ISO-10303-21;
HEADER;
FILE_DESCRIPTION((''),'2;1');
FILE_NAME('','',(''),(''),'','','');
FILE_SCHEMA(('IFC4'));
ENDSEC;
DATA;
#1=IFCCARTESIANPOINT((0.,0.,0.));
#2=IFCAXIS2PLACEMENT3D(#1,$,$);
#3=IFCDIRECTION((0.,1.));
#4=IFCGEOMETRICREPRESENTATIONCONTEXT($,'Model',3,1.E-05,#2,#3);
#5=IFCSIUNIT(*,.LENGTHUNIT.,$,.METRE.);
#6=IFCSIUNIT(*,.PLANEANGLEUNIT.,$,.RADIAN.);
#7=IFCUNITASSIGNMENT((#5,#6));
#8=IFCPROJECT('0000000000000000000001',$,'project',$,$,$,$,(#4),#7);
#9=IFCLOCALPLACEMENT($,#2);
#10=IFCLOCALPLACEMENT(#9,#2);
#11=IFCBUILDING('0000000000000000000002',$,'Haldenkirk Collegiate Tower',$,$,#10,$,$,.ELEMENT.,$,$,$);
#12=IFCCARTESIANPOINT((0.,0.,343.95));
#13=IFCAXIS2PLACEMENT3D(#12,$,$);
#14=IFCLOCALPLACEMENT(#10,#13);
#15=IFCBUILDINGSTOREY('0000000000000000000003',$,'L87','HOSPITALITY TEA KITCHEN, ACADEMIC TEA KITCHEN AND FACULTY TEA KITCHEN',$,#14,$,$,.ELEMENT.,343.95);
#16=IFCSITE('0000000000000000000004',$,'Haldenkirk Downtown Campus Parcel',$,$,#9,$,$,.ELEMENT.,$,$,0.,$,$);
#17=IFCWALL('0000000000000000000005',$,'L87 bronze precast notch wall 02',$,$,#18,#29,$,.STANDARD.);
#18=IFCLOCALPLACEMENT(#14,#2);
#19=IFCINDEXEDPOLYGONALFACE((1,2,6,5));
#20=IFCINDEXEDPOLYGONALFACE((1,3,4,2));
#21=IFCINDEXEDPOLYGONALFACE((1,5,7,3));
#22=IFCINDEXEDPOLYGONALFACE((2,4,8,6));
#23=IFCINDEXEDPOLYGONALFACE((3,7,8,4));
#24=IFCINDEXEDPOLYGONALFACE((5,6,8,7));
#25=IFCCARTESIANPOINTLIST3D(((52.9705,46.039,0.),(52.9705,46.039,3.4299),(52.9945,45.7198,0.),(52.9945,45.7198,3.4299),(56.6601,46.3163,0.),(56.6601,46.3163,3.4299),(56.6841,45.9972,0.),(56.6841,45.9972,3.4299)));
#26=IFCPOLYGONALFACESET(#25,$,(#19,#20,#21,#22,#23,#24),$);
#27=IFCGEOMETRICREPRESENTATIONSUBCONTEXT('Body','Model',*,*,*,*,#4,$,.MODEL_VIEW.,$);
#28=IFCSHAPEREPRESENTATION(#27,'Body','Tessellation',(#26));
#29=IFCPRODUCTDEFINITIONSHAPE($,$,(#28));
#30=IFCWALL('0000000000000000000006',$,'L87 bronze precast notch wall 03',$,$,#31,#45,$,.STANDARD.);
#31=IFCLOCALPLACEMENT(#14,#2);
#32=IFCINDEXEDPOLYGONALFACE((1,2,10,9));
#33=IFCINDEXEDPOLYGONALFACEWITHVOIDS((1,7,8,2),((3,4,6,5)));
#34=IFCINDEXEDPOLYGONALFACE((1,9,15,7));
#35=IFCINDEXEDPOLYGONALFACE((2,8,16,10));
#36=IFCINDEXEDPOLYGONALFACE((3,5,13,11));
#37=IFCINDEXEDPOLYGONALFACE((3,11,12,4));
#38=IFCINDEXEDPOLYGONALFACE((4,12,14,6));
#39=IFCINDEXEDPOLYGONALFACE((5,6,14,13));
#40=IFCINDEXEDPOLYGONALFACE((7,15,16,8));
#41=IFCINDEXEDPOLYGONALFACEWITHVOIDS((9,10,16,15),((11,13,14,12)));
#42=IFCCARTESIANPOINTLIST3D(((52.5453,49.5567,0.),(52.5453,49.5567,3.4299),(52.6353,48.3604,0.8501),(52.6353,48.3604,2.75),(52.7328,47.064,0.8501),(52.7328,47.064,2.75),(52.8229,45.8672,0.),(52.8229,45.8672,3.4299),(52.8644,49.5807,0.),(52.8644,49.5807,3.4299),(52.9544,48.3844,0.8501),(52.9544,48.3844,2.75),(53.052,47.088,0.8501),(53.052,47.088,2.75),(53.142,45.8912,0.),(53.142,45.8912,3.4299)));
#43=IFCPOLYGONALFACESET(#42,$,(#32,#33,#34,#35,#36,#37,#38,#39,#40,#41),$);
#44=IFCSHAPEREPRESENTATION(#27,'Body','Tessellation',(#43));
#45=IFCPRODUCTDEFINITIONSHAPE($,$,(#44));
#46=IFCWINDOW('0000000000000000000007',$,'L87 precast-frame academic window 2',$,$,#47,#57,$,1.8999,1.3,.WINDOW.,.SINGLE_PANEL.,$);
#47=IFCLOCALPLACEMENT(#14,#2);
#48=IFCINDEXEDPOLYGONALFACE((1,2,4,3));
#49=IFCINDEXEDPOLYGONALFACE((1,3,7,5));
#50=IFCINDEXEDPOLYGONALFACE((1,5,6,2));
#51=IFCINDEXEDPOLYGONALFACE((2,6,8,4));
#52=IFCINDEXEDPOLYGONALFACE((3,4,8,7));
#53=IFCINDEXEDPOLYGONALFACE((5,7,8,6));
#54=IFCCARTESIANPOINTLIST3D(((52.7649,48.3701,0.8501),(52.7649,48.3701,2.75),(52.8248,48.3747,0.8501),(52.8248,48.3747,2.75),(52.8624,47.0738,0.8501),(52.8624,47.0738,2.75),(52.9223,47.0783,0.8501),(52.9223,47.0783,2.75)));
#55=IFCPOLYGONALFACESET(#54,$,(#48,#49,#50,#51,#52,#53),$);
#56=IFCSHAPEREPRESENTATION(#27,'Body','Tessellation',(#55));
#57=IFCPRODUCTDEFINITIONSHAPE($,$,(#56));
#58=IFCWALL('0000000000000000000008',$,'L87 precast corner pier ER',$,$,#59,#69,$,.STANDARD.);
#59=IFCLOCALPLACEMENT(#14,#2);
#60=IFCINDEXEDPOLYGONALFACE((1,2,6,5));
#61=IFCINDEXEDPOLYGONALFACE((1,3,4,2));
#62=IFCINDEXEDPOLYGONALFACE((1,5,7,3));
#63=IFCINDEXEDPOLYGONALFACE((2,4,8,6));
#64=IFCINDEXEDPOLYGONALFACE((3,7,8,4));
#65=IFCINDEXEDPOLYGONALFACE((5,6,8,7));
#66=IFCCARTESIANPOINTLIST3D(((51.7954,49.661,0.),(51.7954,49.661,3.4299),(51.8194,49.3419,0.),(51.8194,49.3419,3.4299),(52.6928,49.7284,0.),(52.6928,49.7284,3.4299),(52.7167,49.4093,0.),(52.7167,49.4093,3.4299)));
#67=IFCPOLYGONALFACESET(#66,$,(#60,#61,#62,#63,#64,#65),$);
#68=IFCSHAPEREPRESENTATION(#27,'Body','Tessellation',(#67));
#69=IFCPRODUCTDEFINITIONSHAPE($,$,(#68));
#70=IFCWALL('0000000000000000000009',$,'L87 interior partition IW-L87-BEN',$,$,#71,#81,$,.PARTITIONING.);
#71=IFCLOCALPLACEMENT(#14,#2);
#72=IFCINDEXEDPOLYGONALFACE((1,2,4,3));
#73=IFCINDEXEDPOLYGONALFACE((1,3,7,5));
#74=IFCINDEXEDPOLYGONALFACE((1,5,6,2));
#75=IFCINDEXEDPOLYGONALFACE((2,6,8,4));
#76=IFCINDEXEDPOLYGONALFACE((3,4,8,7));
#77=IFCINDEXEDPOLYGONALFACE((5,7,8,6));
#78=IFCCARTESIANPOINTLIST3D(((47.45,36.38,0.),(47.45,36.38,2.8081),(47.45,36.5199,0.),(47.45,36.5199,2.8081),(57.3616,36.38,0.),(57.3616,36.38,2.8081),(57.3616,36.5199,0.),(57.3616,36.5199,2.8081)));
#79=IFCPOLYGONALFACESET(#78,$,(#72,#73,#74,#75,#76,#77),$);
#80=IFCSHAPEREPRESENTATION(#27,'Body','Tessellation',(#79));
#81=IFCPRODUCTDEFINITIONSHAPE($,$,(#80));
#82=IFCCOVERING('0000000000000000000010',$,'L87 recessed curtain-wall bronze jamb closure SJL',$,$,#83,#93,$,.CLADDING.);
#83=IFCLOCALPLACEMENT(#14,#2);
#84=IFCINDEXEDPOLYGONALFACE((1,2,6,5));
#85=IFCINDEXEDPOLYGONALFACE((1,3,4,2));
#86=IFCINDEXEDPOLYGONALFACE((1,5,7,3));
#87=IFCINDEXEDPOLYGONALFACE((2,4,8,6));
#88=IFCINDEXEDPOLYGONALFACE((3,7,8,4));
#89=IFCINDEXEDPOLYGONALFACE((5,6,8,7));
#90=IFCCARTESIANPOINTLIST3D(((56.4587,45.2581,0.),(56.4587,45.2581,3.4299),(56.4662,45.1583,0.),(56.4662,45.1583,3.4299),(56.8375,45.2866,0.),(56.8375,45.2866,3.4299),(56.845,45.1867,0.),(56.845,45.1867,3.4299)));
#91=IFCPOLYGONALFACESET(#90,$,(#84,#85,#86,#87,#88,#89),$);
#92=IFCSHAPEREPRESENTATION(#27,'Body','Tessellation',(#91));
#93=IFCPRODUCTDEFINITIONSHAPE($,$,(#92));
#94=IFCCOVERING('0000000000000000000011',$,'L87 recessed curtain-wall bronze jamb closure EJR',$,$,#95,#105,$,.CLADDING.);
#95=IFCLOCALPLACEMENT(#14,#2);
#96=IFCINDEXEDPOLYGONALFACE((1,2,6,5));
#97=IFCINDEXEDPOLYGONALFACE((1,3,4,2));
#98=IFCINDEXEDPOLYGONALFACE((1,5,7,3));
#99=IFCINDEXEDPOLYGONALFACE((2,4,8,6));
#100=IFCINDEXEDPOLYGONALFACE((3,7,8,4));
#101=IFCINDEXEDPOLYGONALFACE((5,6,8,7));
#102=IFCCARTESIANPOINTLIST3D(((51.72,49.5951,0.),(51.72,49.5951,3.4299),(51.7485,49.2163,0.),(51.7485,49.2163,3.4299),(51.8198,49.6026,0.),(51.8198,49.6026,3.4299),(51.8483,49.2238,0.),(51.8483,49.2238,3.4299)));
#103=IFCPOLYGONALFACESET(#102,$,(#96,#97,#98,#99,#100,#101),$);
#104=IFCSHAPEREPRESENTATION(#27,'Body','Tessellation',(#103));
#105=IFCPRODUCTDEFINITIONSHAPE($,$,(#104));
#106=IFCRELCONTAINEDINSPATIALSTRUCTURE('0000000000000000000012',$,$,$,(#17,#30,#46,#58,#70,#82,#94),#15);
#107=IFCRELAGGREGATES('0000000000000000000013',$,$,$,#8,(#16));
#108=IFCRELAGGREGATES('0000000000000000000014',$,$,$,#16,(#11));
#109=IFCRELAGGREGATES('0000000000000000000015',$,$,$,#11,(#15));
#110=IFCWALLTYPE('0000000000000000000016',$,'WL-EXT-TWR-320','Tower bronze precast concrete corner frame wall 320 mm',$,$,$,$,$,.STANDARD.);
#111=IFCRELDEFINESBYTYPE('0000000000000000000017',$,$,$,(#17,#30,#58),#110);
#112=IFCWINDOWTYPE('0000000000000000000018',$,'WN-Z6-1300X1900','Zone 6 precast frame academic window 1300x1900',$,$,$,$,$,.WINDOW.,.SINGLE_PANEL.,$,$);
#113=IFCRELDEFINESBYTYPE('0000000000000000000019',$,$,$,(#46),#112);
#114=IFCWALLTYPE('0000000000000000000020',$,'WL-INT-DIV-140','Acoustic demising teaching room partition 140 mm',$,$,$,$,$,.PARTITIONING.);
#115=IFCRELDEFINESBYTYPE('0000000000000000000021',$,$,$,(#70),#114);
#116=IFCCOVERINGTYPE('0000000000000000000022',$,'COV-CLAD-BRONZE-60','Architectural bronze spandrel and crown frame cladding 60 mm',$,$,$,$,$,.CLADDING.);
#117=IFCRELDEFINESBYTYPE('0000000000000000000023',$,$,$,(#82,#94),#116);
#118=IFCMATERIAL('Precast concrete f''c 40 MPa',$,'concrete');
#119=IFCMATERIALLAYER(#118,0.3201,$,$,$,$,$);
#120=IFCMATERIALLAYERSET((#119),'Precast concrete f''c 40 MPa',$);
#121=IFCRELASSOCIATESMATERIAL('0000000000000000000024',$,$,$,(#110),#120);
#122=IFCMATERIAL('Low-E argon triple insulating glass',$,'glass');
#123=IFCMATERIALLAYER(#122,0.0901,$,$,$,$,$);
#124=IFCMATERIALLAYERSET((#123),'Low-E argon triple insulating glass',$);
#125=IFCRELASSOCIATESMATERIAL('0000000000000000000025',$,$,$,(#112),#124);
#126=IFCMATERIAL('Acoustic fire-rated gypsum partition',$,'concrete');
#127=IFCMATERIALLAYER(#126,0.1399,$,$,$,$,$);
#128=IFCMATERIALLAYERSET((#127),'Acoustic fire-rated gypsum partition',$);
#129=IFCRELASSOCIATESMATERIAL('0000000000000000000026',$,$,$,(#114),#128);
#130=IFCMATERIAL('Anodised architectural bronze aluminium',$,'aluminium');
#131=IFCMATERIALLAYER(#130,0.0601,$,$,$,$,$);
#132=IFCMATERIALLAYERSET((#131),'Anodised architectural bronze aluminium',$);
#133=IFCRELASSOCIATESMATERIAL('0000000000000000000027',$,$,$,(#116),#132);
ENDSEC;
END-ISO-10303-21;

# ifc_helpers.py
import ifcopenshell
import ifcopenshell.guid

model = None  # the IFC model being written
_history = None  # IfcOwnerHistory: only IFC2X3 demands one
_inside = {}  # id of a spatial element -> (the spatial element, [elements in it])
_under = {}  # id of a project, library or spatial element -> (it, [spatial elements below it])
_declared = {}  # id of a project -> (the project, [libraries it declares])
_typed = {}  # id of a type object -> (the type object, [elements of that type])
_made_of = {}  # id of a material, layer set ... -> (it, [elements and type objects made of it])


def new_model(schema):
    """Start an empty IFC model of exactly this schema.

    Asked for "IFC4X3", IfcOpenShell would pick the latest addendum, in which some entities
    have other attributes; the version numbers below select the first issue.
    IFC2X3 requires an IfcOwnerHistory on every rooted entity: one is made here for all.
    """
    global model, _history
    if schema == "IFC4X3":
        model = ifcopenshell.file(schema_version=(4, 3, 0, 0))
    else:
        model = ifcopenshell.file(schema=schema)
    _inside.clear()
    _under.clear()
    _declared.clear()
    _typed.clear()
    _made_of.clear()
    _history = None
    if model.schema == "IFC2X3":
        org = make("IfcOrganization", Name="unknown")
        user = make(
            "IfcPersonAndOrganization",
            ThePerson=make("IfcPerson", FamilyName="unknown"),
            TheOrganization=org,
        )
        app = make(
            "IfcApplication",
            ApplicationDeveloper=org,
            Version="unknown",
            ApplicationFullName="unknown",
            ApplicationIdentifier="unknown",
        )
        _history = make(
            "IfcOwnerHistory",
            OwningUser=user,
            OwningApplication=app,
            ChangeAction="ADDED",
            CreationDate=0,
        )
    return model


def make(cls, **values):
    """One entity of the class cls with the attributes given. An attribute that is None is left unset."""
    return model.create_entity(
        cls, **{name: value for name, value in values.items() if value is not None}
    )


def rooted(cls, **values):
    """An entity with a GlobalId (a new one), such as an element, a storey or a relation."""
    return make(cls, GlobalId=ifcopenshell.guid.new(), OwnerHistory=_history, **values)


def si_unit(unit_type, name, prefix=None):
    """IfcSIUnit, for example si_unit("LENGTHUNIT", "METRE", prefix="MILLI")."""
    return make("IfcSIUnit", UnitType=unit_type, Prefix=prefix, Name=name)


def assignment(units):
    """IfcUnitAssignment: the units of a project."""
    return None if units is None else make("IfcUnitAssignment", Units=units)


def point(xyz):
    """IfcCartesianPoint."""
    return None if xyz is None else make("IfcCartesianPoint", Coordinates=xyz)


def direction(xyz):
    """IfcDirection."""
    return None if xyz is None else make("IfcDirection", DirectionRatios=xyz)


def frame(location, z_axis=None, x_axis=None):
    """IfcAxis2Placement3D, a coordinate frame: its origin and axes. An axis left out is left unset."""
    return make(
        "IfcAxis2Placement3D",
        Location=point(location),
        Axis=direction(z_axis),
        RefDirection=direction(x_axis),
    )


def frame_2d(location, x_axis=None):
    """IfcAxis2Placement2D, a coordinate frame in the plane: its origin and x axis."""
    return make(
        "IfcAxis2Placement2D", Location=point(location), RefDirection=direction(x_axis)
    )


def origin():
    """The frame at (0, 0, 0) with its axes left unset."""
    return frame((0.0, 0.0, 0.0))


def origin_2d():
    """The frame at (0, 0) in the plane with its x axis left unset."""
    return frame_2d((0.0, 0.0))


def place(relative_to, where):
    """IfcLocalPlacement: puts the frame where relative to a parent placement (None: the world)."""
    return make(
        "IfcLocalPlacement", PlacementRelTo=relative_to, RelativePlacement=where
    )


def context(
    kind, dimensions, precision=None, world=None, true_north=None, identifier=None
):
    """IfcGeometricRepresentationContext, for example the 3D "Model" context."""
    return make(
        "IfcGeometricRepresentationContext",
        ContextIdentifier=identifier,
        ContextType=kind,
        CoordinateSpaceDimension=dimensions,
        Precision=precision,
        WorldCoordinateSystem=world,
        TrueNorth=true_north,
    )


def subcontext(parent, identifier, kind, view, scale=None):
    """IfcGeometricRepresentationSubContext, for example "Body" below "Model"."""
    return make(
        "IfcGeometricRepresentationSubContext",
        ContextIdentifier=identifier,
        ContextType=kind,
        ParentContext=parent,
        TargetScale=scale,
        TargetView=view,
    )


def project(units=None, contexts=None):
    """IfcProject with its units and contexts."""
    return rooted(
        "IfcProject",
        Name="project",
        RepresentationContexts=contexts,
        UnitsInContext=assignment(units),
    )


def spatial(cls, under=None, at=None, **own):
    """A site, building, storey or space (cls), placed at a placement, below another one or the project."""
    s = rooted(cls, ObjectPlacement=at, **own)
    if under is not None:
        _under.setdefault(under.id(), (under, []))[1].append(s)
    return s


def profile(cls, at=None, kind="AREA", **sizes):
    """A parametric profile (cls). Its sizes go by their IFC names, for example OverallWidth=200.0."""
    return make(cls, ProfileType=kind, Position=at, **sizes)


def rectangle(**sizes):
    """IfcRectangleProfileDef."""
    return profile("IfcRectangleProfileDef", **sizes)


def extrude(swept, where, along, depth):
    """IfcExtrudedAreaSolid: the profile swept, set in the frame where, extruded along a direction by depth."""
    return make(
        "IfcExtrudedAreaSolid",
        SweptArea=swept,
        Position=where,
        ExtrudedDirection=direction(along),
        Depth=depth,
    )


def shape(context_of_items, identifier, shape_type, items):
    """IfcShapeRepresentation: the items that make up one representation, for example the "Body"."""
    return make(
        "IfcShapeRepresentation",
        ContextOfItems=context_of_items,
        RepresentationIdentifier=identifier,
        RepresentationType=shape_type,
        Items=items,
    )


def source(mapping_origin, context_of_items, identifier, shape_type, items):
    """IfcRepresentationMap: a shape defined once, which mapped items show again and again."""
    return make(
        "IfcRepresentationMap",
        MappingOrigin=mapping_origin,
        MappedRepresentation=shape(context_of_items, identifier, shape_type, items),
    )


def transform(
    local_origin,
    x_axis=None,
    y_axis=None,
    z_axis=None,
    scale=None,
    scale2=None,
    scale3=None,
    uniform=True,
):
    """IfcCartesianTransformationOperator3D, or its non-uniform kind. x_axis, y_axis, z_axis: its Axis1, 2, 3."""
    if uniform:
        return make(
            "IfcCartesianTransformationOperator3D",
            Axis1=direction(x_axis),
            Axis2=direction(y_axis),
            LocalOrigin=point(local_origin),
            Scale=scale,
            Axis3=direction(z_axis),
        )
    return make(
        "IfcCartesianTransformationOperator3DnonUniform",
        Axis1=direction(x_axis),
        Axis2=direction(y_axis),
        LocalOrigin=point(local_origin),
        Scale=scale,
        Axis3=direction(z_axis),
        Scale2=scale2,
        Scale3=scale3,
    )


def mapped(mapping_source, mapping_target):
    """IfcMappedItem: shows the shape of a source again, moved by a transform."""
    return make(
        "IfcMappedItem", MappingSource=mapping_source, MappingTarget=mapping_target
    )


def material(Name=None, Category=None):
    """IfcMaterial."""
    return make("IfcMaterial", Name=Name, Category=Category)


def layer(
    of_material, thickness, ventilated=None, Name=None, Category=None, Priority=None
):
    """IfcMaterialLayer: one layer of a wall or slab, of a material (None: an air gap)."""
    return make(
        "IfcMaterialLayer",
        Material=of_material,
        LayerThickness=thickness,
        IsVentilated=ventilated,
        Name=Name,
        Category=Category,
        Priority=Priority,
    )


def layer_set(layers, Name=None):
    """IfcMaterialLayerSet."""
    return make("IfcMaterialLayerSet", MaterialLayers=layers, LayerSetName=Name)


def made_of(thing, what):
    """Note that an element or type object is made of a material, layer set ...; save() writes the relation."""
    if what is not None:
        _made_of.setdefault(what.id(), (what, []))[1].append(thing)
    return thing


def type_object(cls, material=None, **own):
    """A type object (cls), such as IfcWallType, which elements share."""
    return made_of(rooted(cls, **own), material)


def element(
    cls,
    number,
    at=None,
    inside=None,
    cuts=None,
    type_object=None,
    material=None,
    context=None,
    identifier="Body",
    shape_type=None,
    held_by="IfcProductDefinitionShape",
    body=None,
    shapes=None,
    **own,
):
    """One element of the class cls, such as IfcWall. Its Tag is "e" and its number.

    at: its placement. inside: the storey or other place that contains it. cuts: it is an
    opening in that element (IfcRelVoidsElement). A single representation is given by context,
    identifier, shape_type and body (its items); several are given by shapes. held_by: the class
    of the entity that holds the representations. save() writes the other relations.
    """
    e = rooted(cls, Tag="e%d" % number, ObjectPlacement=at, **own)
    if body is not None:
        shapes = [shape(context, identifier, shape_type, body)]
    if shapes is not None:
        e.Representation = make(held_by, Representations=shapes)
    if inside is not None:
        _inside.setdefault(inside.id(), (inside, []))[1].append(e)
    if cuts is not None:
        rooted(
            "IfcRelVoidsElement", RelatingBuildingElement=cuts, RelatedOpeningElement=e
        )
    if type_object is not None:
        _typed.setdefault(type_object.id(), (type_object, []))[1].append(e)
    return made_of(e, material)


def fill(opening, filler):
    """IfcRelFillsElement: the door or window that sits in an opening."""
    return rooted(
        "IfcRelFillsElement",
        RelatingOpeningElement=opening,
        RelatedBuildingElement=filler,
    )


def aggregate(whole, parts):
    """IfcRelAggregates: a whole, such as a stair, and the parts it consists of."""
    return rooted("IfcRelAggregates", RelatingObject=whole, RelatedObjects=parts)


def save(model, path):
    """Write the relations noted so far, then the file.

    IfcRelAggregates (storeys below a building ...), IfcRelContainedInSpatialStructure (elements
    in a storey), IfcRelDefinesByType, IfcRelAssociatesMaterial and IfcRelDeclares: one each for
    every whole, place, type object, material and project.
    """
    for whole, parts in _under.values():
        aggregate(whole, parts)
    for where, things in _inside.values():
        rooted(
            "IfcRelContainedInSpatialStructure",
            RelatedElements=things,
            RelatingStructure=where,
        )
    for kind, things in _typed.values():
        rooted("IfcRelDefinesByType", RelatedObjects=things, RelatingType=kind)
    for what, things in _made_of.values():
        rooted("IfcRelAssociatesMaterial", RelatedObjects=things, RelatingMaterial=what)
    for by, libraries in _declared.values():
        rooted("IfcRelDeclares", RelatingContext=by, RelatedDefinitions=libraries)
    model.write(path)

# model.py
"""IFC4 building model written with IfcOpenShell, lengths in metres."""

from ifc_helpers import new_model, si_unit, direction, frame, frame_2d, origin, origin_2d, place, context, subcontext, project, spatial, rectangle, extrude, source, transform, mapped, material, layer, layer_set, type_object, element, fill, save


model = new_model("IFC4")

# Units and contexts
model_context = context("Model", 3, precision=1e-05, world=origin(), true_north=direction((0.0, 1.0)))
body_context = subcontext(model_context, "Body", "Model", "MODEL_VIEW")
ifc_project = project(units=[si_unit("LENGTHUNIT", "METRE"), si_unit("PLANEANGLEUNIT", "RADIAN")], contexts=[model_context])

# Site, building, storey
site_placement = place(None, origin())
site = spatial("IfcSite", under=ifc_project, at=site_placement, Name="Haldenkirk Downtown Campus Parcel", CompositionType="ELEMENT", RefElevation=0.0)
building_placement = place(site_placement, origin())
building = spatial("IfcBuilding", under=site, at=building_placement, Name="Haldenkirk Collegiate Tower", CompositionType="ELEMENT")
storey_placement = place(building_placement, frame((0.0, 0.0, 343.95)))
storey = spatial("IfcBuildingStorey", under=building, at=storey_placement, Name="L87", Description="HOSPITALITY TEA KITCHEN, ACADEMIC TEA KITCHEN AND FACULTY TEA KITCHEN", CompositionType="ELEMENT", Elevation=343.95)

# Shared definitions
ifc_material_1 = material(Name="Anodised architectural bronze aluminium", Category="aluminium")

# Shared definitions
ifc_material_2 = material(Name="Low-E argon triple insulating glass", Category="glass")

# Wall
ifc_material_3 = material(Name="Precast concrete f'c 40 MPa", Category="concrete")
ifc_layer_1 = layer(ifc_material_3, 0.3201)
ifc_layer_set_1 = layer_set([ifc_layer_1], Name="Precast concrete f'c 40 MPa")
wall_type_1 = type_object("IfcWallType", Name="WL-EXT-TWR-320", Description="Tower bronze precast concrete corner frame wall 320 mm", PredefinedType="STANDARD", material=ifc_layer_set_1)
wall_1_placement = place(storey_placement, frame((52.9824, 45.8794, 0.0), z_axis=(0.0, 0.0, 1.0), x_axis=(0.997186, 0.074961, 0.0)))
element("IfcWall", 1, at=wall_1_placement, inside=storey, type_object=wall_type_1, Name="L87 bronze precast notch wall 02", PredefinedType="STANDARD", context=body_context, shape_type="SweptSolid", body=[
    extrude(rectangle(XDim=3.7, YDim=0.3201, at=frame_2d((1.8501, 0.0))), origin(), (0.0, 0.0, 1.0), 3.4299),
])

# Wall, opening, window
wall_2_placement = place(storey_placement, frame((52.7048, 49.5688, 0.0), z_axis=(0.0, 0.0, 1.0), x_axis=(0.075026, -0.997182, 0.0)))
wall_2 = element("IfcWall", 2, at=wall_2_placement, inside=storey, type_object=wall_type_1, Name="L87 bronze precast notch wall 03", PredefinedType="STANDARD", context=body_context, shape_type="SweptSolid", body=[
    extrude(rectangle(XDim=3.7, YDim=0.3201, at=frame_2d((1.8501, 0.0))), origin(), (0.0, 0.0, 1.0), 3.4299),
])
opening_placement = place(wall_2_placement, frame((1.2, 0.0, 0.8501)))
opening = element("IfcOpeningElement", 3, at=opening_placement, cuts=wall_2, PredefinedType="OPENING", context=body_context, shape_type="SweptSolid", body=[
    extrude(rectangle(XDim=1.3, YDim=1.8999, at=frame_2d((0.6499, 0.95))), frame((0.0, 0.1699, 0.0), z_axis=(0.0, -1.0, 0.0), x_axis=(1.0, 0.0, 0.0)), (0.0, 0.0, 1.0), 0.3401),
])
ifc_layer_2 = layer(ifc_material_2, 0.0901)
ifc_layer_set_2 = layer_set([ifc_layer_2], Name="Low-E argon triple insulating glass")
window_type = type_object("IfcWindowType", Name="WN-Z6-1300X1900", Description="Zone 6 precast frame academic window 1300x1900", PartitioningType="SINGLE_PANEL", PredefinedType="WINDOW", material=ifc_layer_set_2)
window_placement = place(opening_placement, origin())
window = element("IfcWindow", 4, at=window_placement, inside=storey, type_object=window_type, Name="L87 precast-frame academic window 2", OverallHeight=1.8999, OverallWidth=1.3, PartitioningType="SINGLE_PANEL", PredefinedType="WINDOW", context=body_context, shape_type="SweptSolid", body=[
    extrude(rectangle(XDim=1.3, YDim=1.8999, at=frame_2d((0.6499, 0.95))), frame((0.0, 0.03, 0.0), z_axis=(0.0, -1.0, 0.0), x_axis=(1.0, 0.0, 0.0)), (0.0, 0.0, 1.0), 0.0601),
])
fill(opening, window)

# Walls
wall_3_placement = place(storey_placement, frame((51.8074, 49.5015, 0.0), z_axis=(0.0, 0.0, 1.0), x_axis=(0.997193, 0.074871, 0.0)))
element("IfcWall", 5, at=wall_3_placement, inside=storey, type_object=wall_type_1, Name="L87 precast corner pier ER", PredefinedType="STANDARD", context=body_context, shape_type="SweptSolid", body=[
    extrude(rectangle(XDim=0.8999, YDim=0.3201, at=frame_2d((0.45, 0.0))), origin(), (0.0, 0.0, 1.0), 3.4299),
])
ifc_material_4 = material(Name="Acoustic fire-rated gypsum partition", Category="concrete")
ifc_layer_3 = layer(ifc_material_4, 0.1399)
ifc_layer_set_3 = layer_set([ifc_layer_3], Name="Acoustic fire-rated gypsum partition")
wall_type_2 = type_object("IfcWallType", Name="WL-INT-DIV-140", Description="Acoustic demising teaching room partition 140 mm", PredefinedType="PARTITIONING", material=ifc_layer_set_3)
wall_4_placement = place(storey_placement, frame((47.45, 36.45, 0.0), z_axis=(0.0, 0.0, 1.0), x_axis=(1.0, 0.0, 0.0)))
element("IfcWall", 6, at=wall_4_placement, inside=storey, type_object=wall_type_2, Name="L87 interior partition IW-L87-BEN", PredefinedType="PARTITIONING", context=body_context, shape_type="SweptSolid", body=[
    extrude(rectangle(XDim=9.9116, YDim=0.1399, at=frame_2d((4.9558, 0.0))), origin(), (0.0, 0.0, 1.0), 2.8081),
])

# Coverings
ifc_layer_4 = layer(ifc_material_1, 0.0601)
ifc_layer_set_4 = layer_set([ifc_layer_4], Name="Anodised architectural bronze aluminium")
covering_type = type_object("IfcCoveringType", Name="COV-CLAD-BRONZE-60", Description="Architectural bronze spandrel and crown frame cladding 60 mm", PredefinedType="CLADDING", material=ifc_layer_set_4)
shared_shape_1 = source(origin(), body_context, "Body", "SweptSolid", [
    extrude(rectangle(XDim=0.1001, YDim=0.3799, at=origin_2d()), origin(), (0.0, 0.0, 1.0), 3.4299),
])
for number, where, z_axis, x_axis, name in (
    (7, (56.6519, 45.2224, 0.0), (0.0, 0.0, 1.0), (0.074979, -0.997185, 0.0), "L87 recessed curtain-wall bronze jamb closure SJL"),
    (8, (51.7842, 49.4094, 0.0), (0.0, 0.0, 1.0), (0.997185, 0.074979, 0.0), "L87 recessed curtain-wall bronze jamb closure EJR"),
):
    element("IfcCovering", number, at=place(storey_placement, frame(where, z_axis=z_axis, x_axis=x_axis)), inside=storey, type_object=covering_type, Name=name, PredefinedType="CLADDING", context=body_context, shape_type="MappedRepresentation", body=[
        mapped(shared_shape_1, transform((0.0, 0.0, 0.0), x_axis=(1.0, 0.0, 0.0), y_axis=(0.0, 1.0, 0.0), z_axis=(0.0, 0.0, 1.0), scale=1.0)),
    ])

save(model, "model.ifc")
